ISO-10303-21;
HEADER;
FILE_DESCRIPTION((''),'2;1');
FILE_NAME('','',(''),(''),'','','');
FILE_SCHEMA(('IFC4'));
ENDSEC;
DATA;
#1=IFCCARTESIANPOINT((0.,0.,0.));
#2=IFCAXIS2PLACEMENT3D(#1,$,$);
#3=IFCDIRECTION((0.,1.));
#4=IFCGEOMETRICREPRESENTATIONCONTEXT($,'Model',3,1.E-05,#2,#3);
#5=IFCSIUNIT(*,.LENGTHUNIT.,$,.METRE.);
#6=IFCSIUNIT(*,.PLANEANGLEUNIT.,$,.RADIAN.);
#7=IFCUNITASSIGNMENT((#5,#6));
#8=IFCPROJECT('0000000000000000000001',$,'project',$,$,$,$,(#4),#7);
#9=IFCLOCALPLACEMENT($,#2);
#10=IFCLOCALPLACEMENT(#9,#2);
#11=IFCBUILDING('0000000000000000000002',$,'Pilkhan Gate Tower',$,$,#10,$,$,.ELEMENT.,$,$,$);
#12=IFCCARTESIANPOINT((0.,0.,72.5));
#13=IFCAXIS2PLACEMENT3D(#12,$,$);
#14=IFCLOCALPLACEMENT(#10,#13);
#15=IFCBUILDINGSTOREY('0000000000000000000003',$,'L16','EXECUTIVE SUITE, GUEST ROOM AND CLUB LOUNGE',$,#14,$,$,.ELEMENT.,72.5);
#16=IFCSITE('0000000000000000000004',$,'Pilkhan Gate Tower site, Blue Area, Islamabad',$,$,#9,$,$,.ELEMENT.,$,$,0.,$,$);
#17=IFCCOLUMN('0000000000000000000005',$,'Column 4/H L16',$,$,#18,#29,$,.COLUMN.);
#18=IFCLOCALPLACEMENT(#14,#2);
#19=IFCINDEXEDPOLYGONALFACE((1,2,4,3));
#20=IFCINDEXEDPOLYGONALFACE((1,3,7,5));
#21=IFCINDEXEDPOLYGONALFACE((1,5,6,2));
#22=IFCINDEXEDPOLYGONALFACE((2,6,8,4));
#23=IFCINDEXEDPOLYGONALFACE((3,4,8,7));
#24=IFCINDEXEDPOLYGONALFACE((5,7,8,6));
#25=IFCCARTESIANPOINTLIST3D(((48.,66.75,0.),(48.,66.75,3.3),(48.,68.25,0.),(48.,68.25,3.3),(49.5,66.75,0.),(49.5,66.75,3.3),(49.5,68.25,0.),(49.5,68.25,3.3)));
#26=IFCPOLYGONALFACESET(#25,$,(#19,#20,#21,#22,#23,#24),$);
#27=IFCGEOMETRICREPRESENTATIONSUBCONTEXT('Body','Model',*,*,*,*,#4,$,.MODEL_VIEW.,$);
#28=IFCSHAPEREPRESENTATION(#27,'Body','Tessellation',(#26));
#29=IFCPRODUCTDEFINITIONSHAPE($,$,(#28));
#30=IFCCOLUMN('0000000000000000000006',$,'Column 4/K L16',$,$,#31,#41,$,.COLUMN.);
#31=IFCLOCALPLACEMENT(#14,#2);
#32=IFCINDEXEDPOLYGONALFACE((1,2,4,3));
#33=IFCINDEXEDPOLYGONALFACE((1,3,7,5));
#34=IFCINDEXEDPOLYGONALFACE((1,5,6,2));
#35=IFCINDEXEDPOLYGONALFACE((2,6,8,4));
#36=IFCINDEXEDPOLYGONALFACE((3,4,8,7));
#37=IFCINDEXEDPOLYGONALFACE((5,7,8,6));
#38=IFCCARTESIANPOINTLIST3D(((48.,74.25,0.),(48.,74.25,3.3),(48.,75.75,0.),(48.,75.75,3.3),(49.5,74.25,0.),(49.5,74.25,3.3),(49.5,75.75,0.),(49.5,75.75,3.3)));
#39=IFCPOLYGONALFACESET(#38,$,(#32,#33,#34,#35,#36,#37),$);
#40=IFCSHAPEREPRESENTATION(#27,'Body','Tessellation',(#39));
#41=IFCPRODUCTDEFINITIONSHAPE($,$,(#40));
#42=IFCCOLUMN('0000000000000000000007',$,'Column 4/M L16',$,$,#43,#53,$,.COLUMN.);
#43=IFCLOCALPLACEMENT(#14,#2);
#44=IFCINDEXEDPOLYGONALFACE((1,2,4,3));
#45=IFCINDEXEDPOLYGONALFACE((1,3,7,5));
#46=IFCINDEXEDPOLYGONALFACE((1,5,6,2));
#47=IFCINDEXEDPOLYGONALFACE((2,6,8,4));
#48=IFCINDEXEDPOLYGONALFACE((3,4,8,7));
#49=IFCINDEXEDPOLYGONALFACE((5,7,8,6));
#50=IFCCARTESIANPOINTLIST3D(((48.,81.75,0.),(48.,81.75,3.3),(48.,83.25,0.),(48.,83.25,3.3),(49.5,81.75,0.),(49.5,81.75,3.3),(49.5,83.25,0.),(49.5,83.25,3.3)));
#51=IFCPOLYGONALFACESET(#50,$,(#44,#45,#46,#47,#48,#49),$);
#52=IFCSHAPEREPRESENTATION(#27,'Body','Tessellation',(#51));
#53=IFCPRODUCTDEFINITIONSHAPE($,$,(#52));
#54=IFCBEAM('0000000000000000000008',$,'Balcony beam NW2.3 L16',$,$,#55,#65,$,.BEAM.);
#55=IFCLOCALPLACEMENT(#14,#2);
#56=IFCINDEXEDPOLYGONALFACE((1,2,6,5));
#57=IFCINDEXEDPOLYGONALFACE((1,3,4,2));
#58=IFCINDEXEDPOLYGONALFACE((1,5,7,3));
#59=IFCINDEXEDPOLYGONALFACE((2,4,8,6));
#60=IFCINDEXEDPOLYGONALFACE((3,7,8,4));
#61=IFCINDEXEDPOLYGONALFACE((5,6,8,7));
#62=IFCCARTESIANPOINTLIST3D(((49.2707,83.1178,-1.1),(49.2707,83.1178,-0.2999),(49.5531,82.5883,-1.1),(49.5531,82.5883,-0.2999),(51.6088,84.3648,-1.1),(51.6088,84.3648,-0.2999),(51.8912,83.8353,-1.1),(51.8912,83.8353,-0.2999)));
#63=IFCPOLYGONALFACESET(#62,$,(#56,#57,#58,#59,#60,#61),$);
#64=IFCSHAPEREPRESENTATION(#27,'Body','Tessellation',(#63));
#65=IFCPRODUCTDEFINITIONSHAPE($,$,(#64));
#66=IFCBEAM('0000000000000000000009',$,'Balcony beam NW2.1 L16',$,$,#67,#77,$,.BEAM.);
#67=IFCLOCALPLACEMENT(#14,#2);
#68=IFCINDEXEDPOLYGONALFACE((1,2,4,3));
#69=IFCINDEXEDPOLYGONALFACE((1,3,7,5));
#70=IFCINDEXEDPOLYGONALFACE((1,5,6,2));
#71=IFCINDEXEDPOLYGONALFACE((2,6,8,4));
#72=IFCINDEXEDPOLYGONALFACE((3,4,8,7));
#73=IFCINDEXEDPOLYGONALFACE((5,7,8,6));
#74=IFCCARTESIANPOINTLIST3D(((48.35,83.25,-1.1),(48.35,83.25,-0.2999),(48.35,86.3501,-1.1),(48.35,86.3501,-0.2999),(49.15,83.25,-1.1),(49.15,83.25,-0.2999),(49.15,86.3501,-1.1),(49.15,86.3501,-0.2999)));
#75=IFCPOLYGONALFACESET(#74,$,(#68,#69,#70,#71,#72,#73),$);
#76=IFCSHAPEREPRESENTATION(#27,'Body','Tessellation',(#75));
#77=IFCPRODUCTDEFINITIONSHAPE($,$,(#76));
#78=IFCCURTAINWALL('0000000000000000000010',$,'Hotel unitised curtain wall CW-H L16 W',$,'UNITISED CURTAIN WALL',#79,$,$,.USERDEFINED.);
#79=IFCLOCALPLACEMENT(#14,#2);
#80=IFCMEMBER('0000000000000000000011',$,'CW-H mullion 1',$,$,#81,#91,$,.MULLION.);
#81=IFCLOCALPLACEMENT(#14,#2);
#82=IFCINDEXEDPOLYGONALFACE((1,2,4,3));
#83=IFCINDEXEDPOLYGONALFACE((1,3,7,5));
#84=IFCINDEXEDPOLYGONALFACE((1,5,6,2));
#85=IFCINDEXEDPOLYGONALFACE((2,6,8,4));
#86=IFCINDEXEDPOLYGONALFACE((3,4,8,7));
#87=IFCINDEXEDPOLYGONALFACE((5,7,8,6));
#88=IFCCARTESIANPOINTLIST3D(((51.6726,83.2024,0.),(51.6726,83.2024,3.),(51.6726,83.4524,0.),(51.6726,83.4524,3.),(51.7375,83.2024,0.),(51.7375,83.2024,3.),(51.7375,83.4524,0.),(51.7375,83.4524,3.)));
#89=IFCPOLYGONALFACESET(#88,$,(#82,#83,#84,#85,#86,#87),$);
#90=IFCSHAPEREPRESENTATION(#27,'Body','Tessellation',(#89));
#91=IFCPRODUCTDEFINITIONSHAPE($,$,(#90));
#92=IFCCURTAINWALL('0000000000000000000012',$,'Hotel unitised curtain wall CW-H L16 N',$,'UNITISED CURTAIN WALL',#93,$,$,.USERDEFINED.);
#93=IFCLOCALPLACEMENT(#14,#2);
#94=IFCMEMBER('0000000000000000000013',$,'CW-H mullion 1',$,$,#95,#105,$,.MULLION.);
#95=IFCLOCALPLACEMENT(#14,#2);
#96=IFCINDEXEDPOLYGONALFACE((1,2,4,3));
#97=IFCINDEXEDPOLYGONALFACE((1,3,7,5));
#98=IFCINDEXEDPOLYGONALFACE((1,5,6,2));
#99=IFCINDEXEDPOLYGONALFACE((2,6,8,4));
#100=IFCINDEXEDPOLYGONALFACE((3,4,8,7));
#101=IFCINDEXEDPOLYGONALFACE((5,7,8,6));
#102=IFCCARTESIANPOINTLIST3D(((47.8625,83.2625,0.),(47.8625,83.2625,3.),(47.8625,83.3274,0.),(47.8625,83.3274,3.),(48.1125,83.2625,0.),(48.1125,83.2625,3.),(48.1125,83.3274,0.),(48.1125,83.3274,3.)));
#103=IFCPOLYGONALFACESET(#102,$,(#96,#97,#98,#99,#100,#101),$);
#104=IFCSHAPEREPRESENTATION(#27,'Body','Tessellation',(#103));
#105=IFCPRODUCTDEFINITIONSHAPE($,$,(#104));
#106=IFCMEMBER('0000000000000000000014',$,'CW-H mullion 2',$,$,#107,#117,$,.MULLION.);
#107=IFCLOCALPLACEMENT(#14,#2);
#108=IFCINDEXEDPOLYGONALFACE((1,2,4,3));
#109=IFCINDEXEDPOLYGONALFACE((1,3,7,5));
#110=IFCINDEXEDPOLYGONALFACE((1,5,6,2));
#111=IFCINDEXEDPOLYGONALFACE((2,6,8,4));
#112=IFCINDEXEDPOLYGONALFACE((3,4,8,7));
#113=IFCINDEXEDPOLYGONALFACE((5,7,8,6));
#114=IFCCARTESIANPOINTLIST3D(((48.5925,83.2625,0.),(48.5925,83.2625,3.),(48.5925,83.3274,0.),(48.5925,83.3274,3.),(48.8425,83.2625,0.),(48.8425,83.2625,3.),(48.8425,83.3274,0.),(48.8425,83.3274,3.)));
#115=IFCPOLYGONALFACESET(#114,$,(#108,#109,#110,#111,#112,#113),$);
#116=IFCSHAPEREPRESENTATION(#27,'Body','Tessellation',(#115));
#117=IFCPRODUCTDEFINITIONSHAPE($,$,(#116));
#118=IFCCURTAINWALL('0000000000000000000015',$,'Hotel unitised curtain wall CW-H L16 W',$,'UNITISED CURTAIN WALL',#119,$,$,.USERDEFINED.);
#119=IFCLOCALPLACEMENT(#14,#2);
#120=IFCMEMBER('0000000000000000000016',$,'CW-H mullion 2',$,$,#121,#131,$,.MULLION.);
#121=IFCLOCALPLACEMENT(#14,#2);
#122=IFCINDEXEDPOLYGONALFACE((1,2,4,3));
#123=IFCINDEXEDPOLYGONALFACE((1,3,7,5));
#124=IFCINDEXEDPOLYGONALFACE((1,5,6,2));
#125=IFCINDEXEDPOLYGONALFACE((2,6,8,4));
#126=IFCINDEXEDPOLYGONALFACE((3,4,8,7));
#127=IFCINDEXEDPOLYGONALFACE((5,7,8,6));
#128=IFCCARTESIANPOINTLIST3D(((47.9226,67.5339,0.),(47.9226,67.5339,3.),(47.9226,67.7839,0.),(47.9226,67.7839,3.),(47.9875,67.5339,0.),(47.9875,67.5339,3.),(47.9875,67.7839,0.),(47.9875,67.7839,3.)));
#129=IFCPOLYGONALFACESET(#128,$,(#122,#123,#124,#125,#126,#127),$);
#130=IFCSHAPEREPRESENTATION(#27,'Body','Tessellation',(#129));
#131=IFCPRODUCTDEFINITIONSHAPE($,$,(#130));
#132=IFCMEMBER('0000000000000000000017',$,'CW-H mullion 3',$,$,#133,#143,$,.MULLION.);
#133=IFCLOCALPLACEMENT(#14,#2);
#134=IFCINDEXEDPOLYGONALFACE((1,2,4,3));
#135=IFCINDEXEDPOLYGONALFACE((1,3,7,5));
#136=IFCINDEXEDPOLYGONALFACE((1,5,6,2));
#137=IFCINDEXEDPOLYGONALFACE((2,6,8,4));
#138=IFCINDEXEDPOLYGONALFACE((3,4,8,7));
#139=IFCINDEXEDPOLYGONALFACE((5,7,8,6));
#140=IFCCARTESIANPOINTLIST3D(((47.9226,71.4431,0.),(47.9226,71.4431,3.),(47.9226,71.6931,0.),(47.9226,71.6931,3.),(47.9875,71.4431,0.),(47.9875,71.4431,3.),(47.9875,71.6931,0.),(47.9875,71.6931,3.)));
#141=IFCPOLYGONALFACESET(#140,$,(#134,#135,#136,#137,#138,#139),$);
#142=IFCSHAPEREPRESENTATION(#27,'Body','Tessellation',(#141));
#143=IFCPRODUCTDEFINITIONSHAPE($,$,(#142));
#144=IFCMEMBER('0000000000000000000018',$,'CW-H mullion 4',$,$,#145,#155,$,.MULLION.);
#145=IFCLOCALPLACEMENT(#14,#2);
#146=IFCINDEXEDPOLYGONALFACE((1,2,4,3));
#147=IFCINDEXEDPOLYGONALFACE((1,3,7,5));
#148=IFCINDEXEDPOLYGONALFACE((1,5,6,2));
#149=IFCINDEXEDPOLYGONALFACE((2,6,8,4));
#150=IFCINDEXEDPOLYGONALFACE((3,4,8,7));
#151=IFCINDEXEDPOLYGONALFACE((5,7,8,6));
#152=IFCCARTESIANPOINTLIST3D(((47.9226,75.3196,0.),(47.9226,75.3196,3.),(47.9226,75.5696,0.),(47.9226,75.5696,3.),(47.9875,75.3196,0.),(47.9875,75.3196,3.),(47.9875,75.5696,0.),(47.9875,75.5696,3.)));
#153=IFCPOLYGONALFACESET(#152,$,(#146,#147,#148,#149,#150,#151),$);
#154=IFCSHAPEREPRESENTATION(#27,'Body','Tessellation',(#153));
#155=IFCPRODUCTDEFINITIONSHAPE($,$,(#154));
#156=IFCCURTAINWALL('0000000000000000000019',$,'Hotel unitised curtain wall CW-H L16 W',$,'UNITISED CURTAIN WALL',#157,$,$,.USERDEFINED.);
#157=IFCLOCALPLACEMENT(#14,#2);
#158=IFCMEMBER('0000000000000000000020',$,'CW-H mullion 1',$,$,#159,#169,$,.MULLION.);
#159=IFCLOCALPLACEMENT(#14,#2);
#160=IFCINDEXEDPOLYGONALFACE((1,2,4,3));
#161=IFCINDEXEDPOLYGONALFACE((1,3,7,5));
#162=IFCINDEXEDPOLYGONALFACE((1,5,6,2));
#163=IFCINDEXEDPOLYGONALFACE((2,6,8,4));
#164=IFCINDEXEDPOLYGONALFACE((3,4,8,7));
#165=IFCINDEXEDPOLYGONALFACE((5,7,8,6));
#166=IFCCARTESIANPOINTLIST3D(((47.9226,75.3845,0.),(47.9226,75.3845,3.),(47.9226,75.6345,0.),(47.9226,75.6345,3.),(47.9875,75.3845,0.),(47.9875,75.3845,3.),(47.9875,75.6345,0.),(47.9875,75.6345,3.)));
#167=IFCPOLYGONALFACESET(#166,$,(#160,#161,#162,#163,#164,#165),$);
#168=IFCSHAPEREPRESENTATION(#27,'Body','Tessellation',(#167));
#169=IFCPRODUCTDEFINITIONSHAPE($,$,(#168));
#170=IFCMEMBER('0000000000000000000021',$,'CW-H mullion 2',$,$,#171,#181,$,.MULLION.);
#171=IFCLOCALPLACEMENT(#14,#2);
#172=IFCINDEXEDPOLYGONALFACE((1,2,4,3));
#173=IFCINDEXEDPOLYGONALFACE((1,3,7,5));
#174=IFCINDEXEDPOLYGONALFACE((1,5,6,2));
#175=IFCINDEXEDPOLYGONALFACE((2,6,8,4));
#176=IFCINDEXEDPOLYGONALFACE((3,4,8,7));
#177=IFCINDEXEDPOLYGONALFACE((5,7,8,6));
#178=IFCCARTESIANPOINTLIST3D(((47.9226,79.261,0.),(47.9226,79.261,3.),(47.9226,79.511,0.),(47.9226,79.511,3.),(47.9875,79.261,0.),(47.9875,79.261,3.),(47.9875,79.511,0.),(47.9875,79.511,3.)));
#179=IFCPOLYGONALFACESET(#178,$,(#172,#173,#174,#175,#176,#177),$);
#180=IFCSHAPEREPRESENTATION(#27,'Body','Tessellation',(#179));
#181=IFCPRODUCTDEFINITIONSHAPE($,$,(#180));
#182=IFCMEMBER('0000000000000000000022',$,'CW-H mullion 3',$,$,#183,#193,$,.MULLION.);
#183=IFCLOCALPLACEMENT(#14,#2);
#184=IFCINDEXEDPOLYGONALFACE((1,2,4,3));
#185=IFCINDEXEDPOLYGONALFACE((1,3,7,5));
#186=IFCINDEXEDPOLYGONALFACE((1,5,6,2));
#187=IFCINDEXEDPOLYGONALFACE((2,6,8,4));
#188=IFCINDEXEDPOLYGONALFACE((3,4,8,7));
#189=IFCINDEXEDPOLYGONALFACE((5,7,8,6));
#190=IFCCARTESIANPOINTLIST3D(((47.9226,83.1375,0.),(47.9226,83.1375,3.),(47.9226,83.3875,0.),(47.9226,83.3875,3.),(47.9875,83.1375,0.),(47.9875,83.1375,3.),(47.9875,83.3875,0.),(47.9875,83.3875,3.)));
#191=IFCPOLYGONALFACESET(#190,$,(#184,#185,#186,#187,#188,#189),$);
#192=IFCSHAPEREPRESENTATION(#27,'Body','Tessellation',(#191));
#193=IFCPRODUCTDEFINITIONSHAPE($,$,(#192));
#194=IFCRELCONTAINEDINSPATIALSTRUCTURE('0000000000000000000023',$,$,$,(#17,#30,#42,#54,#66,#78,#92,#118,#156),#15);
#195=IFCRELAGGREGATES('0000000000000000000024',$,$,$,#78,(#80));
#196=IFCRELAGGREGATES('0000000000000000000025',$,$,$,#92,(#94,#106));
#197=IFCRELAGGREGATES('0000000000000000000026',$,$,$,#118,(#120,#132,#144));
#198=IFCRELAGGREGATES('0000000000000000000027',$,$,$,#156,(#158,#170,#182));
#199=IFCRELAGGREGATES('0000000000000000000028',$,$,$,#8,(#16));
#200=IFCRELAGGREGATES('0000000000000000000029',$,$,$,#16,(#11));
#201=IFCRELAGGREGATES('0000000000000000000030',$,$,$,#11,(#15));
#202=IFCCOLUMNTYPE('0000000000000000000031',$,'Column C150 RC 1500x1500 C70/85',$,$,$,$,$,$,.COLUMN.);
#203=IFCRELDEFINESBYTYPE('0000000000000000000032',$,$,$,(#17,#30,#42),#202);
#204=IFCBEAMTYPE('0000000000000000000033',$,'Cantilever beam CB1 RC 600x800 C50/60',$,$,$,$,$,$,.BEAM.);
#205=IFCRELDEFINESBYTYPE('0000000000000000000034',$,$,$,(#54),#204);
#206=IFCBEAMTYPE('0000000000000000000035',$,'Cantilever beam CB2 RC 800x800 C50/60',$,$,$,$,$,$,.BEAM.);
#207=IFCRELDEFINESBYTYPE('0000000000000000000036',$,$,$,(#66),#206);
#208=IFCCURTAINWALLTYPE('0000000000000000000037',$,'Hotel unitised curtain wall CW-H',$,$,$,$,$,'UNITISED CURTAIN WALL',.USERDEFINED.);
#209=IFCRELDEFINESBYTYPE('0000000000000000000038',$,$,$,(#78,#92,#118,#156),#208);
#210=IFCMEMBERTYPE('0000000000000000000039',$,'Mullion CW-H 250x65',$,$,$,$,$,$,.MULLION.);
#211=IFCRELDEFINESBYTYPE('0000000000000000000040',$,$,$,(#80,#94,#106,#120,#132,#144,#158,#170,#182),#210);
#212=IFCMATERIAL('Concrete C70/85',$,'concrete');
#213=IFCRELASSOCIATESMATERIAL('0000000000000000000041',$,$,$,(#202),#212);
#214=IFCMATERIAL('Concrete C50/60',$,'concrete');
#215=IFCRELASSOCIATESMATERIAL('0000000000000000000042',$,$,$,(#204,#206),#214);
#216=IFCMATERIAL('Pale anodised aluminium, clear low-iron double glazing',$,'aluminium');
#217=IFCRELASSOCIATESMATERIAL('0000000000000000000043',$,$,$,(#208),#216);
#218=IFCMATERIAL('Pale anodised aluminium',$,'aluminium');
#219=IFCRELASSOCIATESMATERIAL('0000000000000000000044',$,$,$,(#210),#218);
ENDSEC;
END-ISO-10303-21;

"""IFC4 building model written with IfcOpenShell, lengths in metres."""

from ifc_helpers import new_model, si_unit, direction, frame, origin, origin_2d, place, context, subcontext, project, spatial, rectangle, extrude, material, material_profile, profile_set, type_object, element, aggregate, save


model = new_model("IFC4")

# Units and contexts
model_context = context("Model", 3, precision=1e-05, world=origin(), true_north=direction((0.0, 1.0)))
body_context = subcontext(model_context, "Body", "Model", "MODEL_VIEW")
ifc_project = project(units=[si_unit("LENGTHUNIT", "METRE"), si_unit("PLANEANGLEUNIT", "RADIAN")], contexts=[model_context])

# Site, building, storey
site_placement = place(None, origin())
site = spatial("IfcSite", under=ifc_project, at=site_placement, Name="Pilkhan Gate Tower site, Blue Area, Islamabad", CompositionType="ELEMENT", RefElevation=0.0)
building_placement = place(site_placement, origin())
building = spatial("IfcBuilding", under=site, at=building_placement, Name="Pilkhan Gate Tower", CompositionType="ELEMENT")
storey_placement = place(building_placement, frame((0.0, 0.0, 72.5)))
storey = spatial("IfcBuildingStorey", under=building, at=storey_placement, Name="L16", Description="EXECUTIVE SUITE, GUEST ROOM AND CLUB LOUNGE", CompositionType="ELEMENT", Elevation=72.5)

# Columns
ifc_material_1 = material(Name="Concrete C70/85", Category="concrete")
ifc_material_profile_1 = material_profile(ifc_material_1, rectangle(XDim=1.5, YDim=1.5, at=origin_2d()), Name="RC 1500x1500")
ifc_profile_set_1 = profile_set([ifc_material_profile_1], Name="Concrete C70/85")
column_type = type_object("IfcColumnType", Name="Column C150 RC 1500x1500 C70/85", PredefinedType="COLUMN", material=ifc_profile_set_1)
for number, where, z_axis, x_axis, name in (
    (1, (48.75, 67.5, 0.0), (0.0, 0.0, 1.0), (1.0, 0.0, 0.0), "Column 4/H L16"),
    (2, (48.75, 75.0, 0.0), (0.0, 0.0, 1.0), (1.0, 0.0, 0.0), "Column 4/K L16"),
    (3, (48.75, 82.5, 0.0), (0.0, 0.0, 1.0), (1.0, 0.0, 0.0), "Column 4/M L16"),
):
    element("IfcColumn", number, at=place(storey_placement, frame(where, z_axis=z_axis, x_axis=x_axis)), inside=storey, type_object=column_type, Name=name, PredefinedType="COLUMN", context=body_context, shape_type="SweptSolid", body=[
        extrude(rectangle(XDim=1.5, YDim=1.5, at=origin_2d()), origin(), (0.0, 0.0, 1.0), 3.3),
    ])

# Beams
ifc_material_2 = material(Name="Concrete C50/60", Category="concrete")
ifc_material_profile_2 = material_profile(ifc_material_2, rectangle(XDim=0.6001, YDim=0.8, at=origin_2d()), Name="RC 600x800")
ifc_profile_set_2 = profile_set([ifc_material_profile_2], Name="Concrete C50/60")
beam_type_1 = type_object("IfcBeamType", Name="Cantilever beam CB1 RC 600x800 C50/60", PredefinedType="BEAM", material=ifc_profile_set_2)
beam_1_placement = place(storey_placement, frame((49.4119, 82.853, -0.7), z_axis=(0.882343, 0.470607, 0.0), x_axis=(-0.470607, 0.882343, 0.0)))
element("IfcBeam", 4, at=beam_1_placement, inside=storey, type_object=beam_type_1, Name="Balcony beam NW2.3 L16", PredefinedType="BEAM", context=body_context, shape_type="SweptSolid", body=[
    extrude(rectangle(XDim=0.6001, YDim=0.8, at=origin_2d()), origin(), (0.0, 0.0, 1.0), 2.6499),
])
ifc_material_profile_3 = material_profile(ifc_material_2, rectangle(XDim=0.8, YDim=0.8, at=origin_2d()), Name="RC 800x800")
ifc_profile_set_3 = profile_set([ifc_material_profile_3], Name="Concrete C50/60")
beam_type_2 = type_object("IfcBeamType", Name="Cantilever beam CB2 RC 800x800 C50/60", PredefinedType="BEAM", material=ifc_profile_set_3)
beam_2_placement = place(storey_placement, frame((48.75, 83.25, -0.7), z_axis=(0.0, 1.0, 0.0), x_axis=(-1.0, 0.0, 0.0)))
element("IfcBeam", 5, at=beam_2_placement, inside=storey, type_object=beam_type_2, Name="Balcony beam NW2.1 L16", PredefinedType="BEAM", context=body_context, shape_type="SweptSolid", body=[
    extrude(rectangle(XDim=0.8, YDim=0.8, at=origin_2d()), origin(), (0.0, 0.0, 1.0), 3.1001),
])

# Curtain wall, member
ifc_material_3 = material(Name="Pale anodised aluminium, clear low-iron double glazing", Category="aluminium")
curtain_wall_type = type_object("IfcCurtainWallType", Name="Hotel unitised curtain wall CW-H", ElementType="UNITISED CURTAIN WALL", PredefinedType="USERDEFINED", material=ifc_material_3)
curtain_wall_1_placement = place(storey_placement, origin())
curtain_wall_1 = element("IfcCurtainWall", 6, at=curtain_wall_1_placement, inside=storey, type_object=curtain_wall_type, Name="Hotel unitised curtain wall CW-H L16 W", ObjectType="UNITISED CURTAIN WALL", PredefinedType="USERDEFINED")
ifc_material_4 = material(Name="Pale anodised aluminium", Category="aluminium")
ifc_material_profile_4 = material_profile(ifc_material_4, rectangle(XDim=0.0649, YDim=0.25, at=origin_2d()), Name="Mullion 250x65")
ifc_profile_set_4 = profile_set([ifc_material_profile_4], Name="Pale anodised aluminium")
member_type_1 = type_object("IfcMemberType", Name="Mullion CW-H 250x65", PredefinedType="MULLION", material=ifc_profile_set_4)
member_1_placement = place(storey_placement, frame((51.7051, 83.3274, 0.0), z_axis=(0.0, 0.0, 1.0), x_axis=(-1.0, 0.0, 0.0)))
member_1 = element("IfcMember", 7, at=member_1_placement, type_object=member_type_1, Name="CW-H mullion 1", PredefinedType="MULLION", context=body_context, shape_type="SweptSolid", body=[
    extrude(rectangle(XDim=0.0649, YDim=0.25, at=origin_2d()), origin(), (0.0, 0.0, 1.0), 3.0),
])

# Curtain walls, members
curtain_wall_2_placement = place(storey_placement, origin())
curtain_wall_2 = element("IfcCurtainWall", 8, at=curtain_wall_2_placement, inside=storey, type_object=curtain_wall_type, Name="Hotel unitised curtain wall CW-H L16 N", ObjectType="UNITISED CURTAIN WALL", PredefinedType="USERDEFINED")
member_2_placement = place(storey_placement, frame((47.9875, 83.2949, 0.0), z_axis=(0.0, 0.0, 1.0), x_axis=(0.0, 1.0, 0.0)))
member_2 = element("IfcMember", 9, at=member_2_placement, type_object=member_type_1, Name="CW-H mullion 1", PredefinedType="MULLION", context=body_context, shape_type="SweptSolid", body=[
    extrude(rectangle(XDim=0.0649, YDim=0.25, at=origin_2d()), origin(), (0.0, 0.0, 1.0), 3.0),
])
member_3_placement = place(storey_placement, frame((48.7175, 83.2949, 0.0), z_axis=(0.0, 0.0, 1.0), x_axis=(0.0, 1.0, 0.0)))
member_3 = element("IfcMember", 10, at=member_3_placement, type_object=member_type_1, Name="CW-H mullion 2", PredefinedType="MULLION", context=body_context, shape_type="SweptSolid", body=[
    extrude(rectangle(XDim=0.0649, YDim=0.25, at=origin_2d()), origin(), (0.0, 0.0, 1.0), 3.0),
])
curtain_wall_3_placement = place(storey_placement, origin())
curtain_wall_3 = element("IfcCurtainWall", 11, at=curtain_wall_3_placement, inside=storey, type_object=curtain_wall_type, Name="Hotel unitised curtain wall CW-H L16 W", ObjectType="UNITISED CURTAIN WALL", PredefinedType="USERDEFINED")
member_4_placement = place(storey_placement, frame((47.9551, 67.6589, 0.0), z_axis=(0.0, 0.0, 1.0), x_axis=(-1.0, 0.0, 0.0)))
member_4 = element("IfcMember", 12, at=member_4_placement, type_object=member_type_1, Name="CW-H mullion 2", PredefinedType="MULLION", context=body_context, shape_type="SweptSolid", body=[
    extrude(rectangle(XDim=0.0649, YDim=0.25, at=origin_2d()), origin(), (0.0, 0.0, 1.0), 3.0),
])
member_5_placement = place(storey_placement, frame((47.9551, 71.5681, 0.0), z_axis=(0.0, 0.0, 1.0), x_axis=(-1.0, 0.0, 0.0)))
member_5 = element("IfcMember", 13, at=member_5_placement, type_object=member_type_1, Name="CW-H mullion 3", PredefinedType="MULLION", context=body_context, shape_type="SweptSolid", body=[
    extrude(rectangle(XDim=0.0649, YDim=0.25, at=origin_2d()), origin(), (0.0, 0.0, 1.0), 3.0),
])
member_6_placement = place(storey_placement, frame((47.9551, 75.4446, 0.0), z_axis=(0.0, 0.0, 1.0), x_axis=(-1.0, 0.0, 0.0)))
member_6 = element("IfcMember", 14, at=member_6_placement, type_object=member_type_1, Name="CW-H mullion 4", PredefinedType="MULLION", context=body_context, shape_type="SweptSolid", body=[
    extrude(rectangle(XDim=0.0649, YDim=0.25, at=origin_2d()), origin(), (0.0, 0.0, 1.0), 3.0),
])
curtain_wall_4_placement = place(storey_placement, origin())
curtain_wall_4 = element("IfcCurtainWall", 15, at=curtain_wall_4_placement, inside=storey, type_object=curtain_wall_type, Name="Hotel unitised curtain wall CW-H L16 W", ObjectType="UNITISED CURTAIN WALL", PredefinedType="USERDEFINED")
member_7_placement = place(storey_placement, frame((47.9551, 75.5095, 0.0), z_axis=(0.0, 0.0, 1.0), x_axis=(-1.0, 0.0, 0.0)))
member_7 = element("IfcMember", 16, at=member_7_placement, type_object=member_type_1, Name="CW-H mullion 1", PredefinedType="MULLION", context=body_context, shape_type="SweptSolid", body=[
    extrude(rectangle(XDim=0.0649, YDim=0.25, at=origin_2d()), origin(), (0.0, 0.0, 1.0), 3.0),
])
member_8_placement = place(storey_placement, frame((47.9551, 79.386, 0.0), z_axis=(0.0, 0.0, 1.0), x_axis=(-1.0, 0.0, 0.0)))
member_8 = element("IfcMember", 17, at=member_8_placement, type_object=member_type_1, Name="CW-H mullion 2", PredefinedType="MULLION", context=body_context, shape_type="SweptSolid", body=[
    extrude(rectangle(XDim=0.0649, YDim=0.25, at=origin_2d()), origin(), (0.0, 0.0, 1.0), 3.0),
])
member_9_placement = place(storey_placement, frame((47.9551, 83.2625, 0.0), z_axis=(0.0, 0.0, 1.0), x_axis=(-1.0, 0.0, 0.0)))
member_9 = element("IfcMember", 18, at=member_9_placement, type_object=member_type_1, Name="CW-H mullion 3", PredefinedType="MULLION", context=body_context, shape_type="SweptSolid", body=[
    extrude(rectangle(XDim=0.0649, YDim=0.25, at=origin_2d()), origin(), (0.0, 0.0, 1.0), 3.0),
])

aggregate(curtain_wall_1, [member_1])
aggregate(curtain_wall_2, [member_2, member_3])
aggregate(curtain_wall_3, [member_4, member_5, member_6])
aggregate(curtain_wall_4, [member_7, member_8, member_9])

save(model, "model.ifc")
